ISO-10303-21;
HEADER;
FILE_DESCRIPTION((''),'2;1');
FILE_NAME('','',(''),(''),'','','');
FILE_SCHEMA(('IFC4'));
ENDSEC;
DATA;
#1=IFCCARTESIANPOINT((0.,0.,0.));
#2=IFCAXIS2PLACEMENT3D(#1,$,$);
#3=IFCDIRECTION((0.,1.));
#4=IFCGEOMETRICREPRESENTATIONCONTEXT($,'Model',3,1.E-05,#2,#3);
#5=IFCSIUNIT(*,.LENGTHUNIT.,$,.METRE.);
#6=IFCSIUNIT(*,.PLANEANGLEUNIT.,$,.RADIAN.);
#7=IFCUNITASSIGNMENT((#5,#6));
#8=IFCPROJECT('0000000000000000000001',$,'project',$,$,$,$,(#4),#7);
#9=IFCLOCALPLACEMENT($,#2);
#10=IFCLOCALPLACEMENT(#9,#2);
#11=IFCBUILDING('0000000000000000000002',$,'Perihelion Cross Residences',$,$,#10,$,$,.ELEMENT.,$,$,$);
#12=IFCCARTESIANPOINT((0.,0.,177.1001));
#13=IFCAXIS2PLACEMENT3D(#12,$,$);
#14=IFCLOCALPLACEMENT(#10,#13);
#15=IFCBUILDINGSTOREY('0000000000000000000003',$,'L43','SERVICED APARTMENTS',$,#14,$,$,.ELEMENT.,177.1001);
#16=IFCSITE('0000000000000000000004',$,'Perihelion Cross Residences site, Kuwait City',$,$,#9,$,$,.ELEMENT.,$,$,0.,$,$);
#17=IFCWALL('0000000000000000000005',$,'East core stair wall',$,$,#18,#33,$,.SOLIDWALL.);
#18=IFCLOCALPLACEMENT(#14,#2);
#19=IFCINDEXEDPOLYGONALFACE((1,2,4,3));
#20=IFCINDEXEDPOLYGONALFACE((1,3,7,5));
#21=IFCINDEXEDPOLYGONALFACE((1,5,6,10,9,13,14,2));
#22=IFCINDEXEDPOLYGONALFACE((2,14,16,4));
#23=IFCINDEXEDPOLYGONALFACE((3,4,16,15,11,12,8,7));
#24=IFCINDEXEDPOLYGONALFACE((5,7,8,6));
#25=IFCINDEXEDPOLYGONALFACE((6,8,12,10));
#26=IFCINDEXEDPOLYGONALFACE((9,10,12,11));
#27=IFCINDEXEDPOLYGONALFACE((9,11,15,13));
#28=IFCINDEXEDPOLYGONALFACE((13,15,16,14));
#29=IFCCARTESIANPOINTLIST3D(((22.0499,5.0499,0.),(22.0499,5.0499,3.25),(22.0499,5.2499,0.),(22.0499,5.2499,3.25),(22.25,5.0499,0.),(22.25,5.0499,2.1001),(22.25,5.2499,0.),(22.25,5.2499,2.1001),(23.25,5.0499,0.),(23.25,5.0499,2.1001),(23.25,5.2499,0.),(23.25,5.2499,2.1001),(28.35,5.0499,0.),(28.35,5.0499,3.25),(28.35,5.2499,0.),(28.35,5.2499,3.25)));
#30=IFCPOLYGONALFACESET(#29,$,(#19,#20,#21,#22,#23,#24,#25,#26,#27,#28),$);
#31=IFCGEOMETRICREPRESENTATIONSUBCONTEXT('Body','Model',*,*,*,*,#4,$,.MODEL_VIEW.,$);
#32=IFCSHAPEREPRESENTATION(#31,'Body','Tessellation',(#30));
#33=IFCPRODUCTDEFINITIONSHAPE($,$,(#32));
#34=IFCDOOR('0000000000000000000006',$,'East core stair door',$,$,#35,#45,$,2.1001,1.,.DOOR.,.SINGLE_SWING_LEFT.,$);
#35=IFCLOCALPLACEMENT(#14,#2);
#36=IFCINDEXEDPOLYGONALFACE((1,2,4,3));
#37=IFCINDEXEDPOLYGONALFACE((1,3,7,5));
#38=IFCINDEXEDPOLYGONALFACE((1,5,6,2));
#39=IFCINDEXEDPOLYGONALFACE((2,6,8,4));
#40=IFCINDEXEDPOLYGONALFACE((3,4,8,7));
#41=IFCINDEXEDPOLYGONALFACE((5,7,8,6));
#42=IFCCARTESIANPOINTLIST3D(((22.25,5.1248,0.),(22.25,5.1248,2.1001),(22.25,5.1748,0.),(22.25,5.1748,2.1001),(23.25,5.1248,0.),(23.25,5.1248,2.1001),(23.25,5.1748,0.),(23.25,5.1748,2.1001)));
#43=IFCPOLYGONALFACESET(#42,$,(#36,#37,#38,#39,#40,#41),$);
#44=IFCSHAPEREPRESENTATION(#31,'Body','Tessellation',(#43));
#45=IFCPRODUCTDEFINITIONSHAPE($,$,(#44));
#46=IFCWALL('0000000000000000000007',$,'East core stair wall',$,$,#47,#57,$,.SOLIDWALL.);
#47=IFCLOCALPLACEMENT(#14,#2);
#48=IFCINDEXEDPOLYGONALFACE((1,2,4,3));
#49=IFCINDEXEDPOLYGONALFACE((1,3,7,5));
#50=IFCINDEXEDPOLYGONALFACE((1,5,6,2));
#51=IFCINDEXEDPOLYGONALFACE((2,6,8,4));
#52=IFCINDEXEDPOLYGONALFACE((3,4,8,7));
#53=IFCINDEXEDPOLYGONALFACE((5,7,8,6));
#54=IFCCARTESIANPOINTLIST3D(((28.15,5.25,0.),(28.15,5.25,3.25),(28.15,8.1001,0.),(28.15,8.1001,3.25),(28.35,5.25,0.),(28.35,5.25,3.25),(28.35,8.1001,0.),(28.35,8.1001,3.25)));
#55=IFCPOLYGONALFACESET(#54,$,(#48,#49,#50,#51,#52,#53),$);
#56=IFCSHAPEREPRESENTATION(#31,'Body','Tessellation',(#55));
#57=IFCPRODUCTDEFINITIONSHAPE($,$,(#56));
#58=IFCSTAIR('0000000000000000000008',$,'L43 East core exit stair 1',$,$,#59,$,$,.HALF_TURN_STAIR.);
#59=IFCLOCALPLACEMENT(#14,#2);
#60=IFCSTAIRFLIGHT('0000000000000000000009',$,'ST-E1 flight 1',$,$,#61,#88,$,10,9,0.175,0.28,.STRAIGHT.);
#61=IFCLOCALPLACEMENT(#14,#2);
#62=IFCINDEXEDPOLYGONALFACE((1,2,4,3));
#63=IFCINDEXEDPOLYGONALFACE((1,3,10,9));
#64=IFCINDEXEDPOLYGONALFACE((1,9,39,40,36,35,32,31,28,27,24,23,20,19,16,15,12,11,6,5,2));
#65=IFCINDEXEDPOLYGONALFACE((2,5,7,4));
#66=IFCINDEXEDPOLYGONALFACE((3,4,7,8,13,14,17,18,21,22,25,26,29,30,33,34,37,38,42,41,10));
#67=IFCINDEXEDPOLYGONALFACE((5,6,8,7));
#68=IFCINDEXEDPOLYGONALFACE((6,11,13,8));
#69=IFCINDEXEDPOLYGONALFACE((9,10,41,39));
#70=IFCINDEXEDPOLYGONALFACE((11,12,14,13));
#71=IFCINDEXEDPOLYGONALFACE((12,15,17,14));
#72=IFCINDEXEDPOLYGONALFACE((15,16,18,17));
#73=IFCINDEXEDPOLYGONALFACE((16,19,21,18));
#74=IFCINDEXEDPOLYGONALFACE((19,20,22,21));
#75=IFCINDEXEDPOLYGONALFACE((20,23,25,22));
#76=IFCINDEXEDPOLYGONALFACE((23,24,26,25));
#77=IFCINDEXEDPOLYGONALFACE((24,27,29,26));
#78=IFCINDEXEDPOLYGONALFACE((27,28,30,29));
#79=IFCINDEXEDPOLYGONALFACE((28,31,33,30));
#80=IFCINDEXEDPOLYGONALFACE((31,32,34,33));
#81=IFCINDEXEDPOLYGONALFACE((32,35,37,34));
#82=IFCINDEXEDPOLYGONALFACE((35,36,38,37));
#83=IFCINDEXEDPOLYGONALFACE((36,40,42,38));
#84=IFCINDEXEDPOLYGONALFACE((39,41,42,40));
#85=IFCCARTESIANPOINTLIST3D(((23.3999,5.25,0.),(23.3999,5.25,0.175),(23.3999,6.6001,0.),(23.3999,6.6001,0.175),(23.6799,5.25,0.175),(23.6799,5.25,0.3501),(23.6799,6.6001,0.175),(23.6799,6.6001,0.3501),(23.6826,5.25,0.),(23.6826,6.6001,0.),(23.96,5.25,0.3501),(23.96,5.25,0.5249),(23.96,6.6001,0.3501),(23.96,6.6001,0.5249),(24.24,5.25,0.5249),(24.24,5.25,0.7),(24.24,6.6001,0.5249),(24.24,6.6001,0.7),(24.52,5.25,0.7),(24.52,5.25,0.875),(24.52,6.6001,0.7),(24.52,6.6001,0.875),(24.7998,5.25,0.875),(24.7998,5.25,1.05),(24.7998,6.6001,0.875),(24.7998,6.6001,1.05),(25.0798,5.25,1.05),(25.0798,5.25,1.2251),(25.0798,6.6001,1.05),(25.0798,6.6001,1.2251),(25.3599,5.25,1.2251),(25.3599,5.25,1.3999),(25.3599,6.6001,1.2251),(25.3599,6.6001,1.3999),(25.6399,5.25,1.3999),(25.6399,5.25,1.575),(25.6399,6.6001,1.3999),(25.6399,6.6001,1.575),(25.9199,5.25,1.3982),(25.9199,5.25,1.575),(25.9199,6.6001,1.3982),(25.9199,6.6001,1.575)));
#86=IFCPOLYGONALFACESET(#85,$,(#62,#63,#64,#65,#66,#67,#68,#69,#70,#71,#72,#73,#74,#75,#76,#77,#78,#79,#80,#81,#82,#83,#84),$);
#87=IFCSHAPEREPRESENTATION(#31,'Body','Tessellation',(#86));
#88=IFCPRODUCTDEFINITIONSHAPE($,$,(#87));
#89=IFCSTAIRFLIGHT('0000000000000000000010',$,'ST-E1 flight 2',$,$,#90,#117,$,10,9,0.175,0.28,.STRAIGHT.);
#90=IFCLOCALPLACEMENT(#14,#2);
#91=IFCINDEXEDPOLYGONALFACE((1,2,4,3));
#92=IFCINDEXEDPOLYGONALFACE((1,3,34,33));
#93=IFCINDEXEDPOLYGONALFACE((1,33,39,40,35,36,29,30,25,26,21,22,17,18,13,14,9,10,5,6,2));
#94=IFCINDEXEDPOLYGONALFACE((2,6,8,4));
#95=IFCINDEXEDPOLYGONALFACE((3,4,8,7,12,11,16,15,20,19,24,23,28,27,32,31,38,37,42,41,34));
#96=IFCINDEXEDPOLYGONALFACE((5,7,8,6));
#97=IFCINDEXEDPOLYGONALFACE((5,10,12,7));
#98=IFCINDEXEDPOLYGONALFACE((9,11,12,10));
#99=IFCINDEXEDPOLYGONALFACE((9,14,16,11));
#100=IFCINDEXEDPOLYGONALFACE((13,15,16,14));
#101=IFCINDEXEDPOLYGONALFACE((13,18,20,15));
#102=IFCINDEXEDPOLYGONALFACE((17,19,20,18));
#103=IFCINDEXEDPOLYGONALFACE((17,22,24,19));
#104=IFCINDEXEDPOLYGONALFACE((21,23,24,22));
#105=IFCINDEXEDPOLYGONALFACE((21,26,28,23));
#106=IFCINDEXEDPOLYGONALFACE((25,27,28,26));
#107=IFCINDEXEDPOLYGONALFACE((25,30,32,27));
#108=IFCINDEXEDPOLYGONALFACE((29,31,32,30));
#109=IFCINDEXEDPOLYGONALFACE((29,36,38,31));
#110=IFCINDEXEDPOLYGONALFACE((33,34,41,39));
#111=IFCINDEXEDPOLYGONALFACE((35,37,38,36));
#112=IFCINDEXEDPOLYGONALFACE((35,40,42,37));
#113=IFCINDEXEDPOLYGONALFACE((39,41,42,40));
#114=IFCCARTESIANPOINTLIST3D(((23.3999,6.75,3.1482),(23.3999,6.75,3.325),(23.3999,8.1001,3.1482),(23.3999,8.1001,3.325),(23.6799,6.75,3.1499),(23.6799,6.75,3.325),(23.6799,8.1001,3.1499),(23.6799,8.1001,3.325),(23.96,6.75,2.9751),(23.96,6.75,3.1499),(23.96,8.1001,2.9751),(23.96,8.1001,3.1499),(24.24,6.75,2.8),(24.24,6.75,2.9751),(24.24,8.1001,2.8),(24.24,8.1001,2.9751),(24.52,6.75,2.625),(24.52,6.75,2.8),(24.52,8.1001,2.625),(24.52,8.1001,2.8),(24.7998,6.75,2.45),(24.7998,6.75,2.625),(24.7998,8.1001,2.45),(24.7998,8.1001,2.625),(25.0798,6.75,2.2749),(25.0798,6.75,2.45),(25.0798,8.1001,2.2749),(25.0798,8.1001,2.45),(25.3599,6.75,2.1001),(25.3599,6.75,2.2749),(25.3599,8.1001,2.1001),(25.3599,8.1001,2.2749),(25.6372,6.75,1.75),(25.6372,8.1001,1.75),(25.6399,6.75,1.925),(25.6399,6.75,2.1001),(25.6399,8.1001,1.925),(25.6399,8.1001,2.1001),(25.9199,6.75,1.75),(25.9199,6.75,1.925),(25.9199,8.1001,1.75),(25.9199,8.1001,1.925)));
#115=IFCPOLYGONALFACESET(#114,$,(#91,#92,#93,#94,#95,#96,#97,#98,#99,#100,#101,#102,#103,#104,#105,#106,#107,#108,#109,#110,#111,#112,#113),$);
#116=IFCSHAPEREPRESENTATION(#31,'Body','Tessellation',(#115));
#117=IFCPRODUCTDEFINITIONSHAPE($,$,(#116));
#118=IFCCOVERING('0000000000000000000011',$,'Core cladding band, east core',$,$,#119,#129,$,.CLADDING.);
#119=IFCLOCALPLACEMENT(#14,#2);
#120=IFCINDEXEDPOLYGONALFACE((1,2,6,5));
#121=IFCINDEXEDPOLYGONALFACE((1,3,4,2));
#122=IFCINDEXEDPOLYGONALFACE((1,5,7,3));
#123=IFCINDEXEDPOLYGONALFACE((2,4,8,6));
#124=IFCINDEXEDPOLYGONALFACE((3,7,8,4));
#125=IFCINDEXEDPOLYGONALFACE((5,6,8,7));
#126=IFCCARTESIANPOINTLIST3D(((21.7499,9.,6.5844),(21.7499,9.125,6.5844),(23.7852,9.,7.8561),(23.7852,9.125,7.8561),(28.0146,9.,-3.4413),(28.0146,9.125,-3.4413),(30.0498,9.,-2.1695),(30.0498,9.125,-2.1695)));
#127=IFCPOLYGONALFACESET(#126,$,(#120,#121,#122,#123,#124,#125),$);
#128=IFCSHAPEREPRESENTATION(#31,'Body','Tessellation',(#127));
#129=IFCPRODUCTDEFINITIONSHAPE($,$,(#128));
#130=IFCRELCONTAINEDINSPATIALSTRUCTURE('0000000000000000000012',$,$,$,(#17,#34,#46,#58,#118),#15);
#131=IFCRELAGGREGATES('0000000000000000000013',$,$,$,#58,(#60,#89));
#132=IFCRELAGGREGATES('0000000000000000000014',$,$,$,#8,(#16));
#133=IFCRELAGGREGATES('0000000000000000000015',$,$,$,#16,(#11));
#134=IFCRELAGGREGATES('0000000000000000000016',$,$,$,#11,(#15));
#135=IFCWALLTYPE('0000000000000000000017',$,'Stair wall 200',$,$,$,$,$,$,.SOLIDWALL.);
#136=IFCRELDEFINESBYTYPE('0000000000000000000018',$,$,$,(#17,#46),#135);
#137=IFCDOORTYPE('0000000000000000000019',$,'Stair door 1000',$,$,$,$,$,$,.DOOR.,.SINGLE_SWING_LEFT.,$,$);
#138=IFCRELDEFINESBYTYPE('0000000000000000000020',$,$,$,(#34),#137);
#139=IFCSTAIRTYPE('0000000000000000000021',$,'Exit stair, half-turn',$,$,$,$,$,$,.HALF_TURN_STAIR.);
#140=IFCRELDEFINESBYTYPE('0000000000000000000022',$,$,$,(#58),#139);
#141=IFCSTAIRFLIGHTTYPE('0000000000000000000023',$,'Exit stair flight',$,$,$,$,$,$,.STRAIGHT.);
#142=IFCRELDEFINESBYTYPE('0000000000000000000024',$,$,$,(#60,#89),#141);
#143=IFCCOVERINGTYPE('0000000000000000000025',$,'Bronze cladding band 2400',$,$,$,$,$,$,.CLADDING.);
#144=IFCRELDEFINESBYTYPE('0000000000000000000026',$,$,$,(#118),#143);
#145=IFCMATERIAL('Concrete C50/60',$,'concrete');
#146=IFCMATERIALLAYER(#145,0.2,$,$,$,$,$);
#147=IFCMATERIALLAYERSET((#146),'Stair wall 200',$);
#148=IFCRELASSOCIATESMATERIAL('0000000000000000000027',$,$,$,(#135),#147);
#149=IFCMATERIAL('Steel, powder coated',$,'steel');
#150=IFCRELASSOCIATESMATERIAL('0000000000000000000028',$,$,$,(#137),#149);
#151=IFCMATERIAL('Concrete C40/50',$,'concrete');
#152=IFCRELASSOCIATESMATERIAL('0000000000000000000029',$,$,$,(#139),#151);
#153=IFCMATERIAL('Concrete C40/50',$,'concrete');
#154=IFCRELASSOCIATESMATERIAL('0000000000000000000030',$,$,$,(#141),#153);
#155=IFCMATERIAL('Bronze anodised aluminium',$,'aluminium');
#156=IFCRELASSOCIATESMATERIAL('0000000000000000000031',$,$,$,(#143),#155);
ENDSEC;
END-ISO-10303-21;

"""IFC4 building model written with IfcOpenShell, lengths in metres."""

from ifc_helpers import new_model, si_unit, direction, frame, frame_2d, origin, origin_2d, place, context, subcontext, project, spatial, polyline, rectangle, outline, extrude, material, layer, layer_set, material_profile, profile_set, type_object, element, fill, aggregate, save


model = new_model("IFC4")

# Units and contexts
model_context = context("Model", 3, precision=1e-05, world=origin(), true_north=direction((0.0, 1.0)))
body_context = subcontext(model_context, "Body", "Model", "MODEL_VIEW")
ifc_project = project(units=[si_unit("LENGTHUNIT", "METRE"), si_unit("PLANEANGLEUNIT", "RADIAN")], contexts=[model_context])

# Site, building, storey
site_placement = place(None, origin())
site = spatial("IfcSite", under=ifc_project, at=site_placement, Name="Perihelion Cross Residences site, Kuwait City", CompositionType="ELEMENT", RefElevation=0.0)
building_placement = place(site_placement, origin())
building = spatial("IfcBuilding", under=site, at=building_placement, Name="Perihelion Cross Residences", CompositionType="ELEMENT")
storey_placement = place(building_placement, frame((0.0, 0.0, 177.1001)))
storey = spatial("IfcBuildingStorey", under=building, at=storey_placement, Name="L43", Description="SERVICED APARTMENTS", CompositionType="ELEMENT", Elevation=177.1001)

# Wall, opening, door
ifc_material_1 = material(Name="Concrete C50/60", Category="concrete")
ifc_layer_1 = layer(ifc_material_1, 0.2)
ifc_layer_set_1 = layer_set([ifc_layer_1], Name="Stair wall 200")
wall_type_1 = type_object("IfcWallType", Name="Stair wall 200", PredefinedType="SOLIDWALL", material=ifc_layer_set_1)
wall_1_placement = place(storey_placement, frame((22.05, 5.1499, 0.0), z_axis=(0.0, 0.0, 1.0), x_axis=(1.0, 0.0, 0.0)))
wall_1 = element("IfcWall", 1, at=wall_1_placement, inside=storey, type_object=wall_type_1, Name="East core stair wall", PredefinedType="SOLIDWALL", context=body_context, shape_type="SweptSolid", body=[
    extrude(rectangle(XDim=6.3, YDim=0.2, at=frame_2d((3.1499, 0.0))), origin(), (0.0, 0.0, 1.0), 3.25),
])
opening_1_placement = place(wall_1_placement, frame((0.2, 0.0, 0.0)))
opening_1 = element("IfcOpeningElement", 2, at=opening_1_placement, cuts=wall_1, PredefinedType="OPENING", context=body_context, shape_type="SweptSolid", body=[
    extrude(rectangle(XDim=1.0, YDim=2.1001, at=frame_2d((0.5, 1.05))), frame((0.0, 0.1099, 0.0), z_axis=(0.0, -1.0, 0.0), x_axis=(1.0, 0.0, 0.0)), (0.0, 0.0, 1.0), 0.22),
])
ifc_material_2 = material(Name="Steel, powder coated", Category="steel")
door_type_1 = type_object("IfcDoorType", Name="Stair door 1000", OperationType="SINGLE_SWING_LEFT", PredefinedType="DOOR", material=ifc_material_2)
door_1_placement = place(opening_1_placement, origin())
door_1 = element("IfcDoor", 3, at=door_1_placement, inside=storey, type_object=door_type_1, Name="East core stair door", OperationType="SINGLE_SWING_LEFT", OverallHeight=2.1001, OverallWidth=1.0, PredefinedType="DOOR", context=body_context, shape_type="SweptSolid", body=[
    extrude(rectangle(XDim=1.0, YDim=2.1001, at=frame_2d((0.5, 1.05))), frame((0.0, 0.0249, 0.0), z_axis=(0.0, -1.0, 0.0), x_axis=(1.0, 0.0, 0.0)), (0.0, 0.0, 1.0), 0.05),
])
fill(opening_1, door_1)

# Wall
wall_2_placement = place(storey_placement, frame((28.25, 5.25, 0.0), z_axis=(0.0, 0.0, 1.0), x_axis=(0.0, 1.0, 0.0)))
element("IfcWall", 4, at=wall_2_placement, inside=storey, type_object=wall_type_1, Name="East core stair wall", PredefinedType="SOLIDWALL", context=body_context, shape_type="SweptSolid", body=[
    extrude(rectangle(XDim=2.8501, YDim=0.2, at=frame_2d((1.425, 0.0))), origin(), (0.0, 0.0, 1.0), 3.25),
])

# Stair, stair flights
ifc_material_3 = material(Name="Concrete C40/50", Category="concrete")
stair_type = type_object("IfcStairType", Name="Exit stair, half-turn", PredefinedType="HALF_TURN_STAIR", material=ifc_material_3)
stair_placement = place(storey_placement, origin())
stair = element("IfcStair", 5, at=stair_placement, inside=storey, type_object=stair_type, Name="L43 East core exit stair 1", PredefinedType="HALF_TURN_STAIR")
ifc_material_4 = material(Name="Concrete C40/50", Category="concrete")
stair_flight_type = type_object("IfcStairFlightType", Name="Exit stair flight", PredefinedType="STRAIGHT", material=ifc_material_4)
stair_flight_1_placement = place(storey_placement, frame((23.3999, 5.925, 0.0), z_axis=(0.0, 0.0, 1.0), x_axis=(1.0, 0.0, 0.0)))
stair_flight_1 = element("IfcStairFlight", 6, at=stair_flight_1_placement, type_object=stair_flight_type, Name="ST-E1 flight 1", NumberOfRisers=10, NumberOfTreads=9, PredefinedType="STRAIGHT", RiserHeight=0.175, TreadLength=0.28, context=body_context, shape_type="SweptSolid", body=[
    extrude(outline(polyline([(0.0, 0.0), (0.0, 0.175), (0.28, 0.175), (0.28, 0.3501), (0.5601, 0.3501), (0.5601, 0.5249), (0.8401, 0.5249), (0.8401, 0.7), (1.1201, 0.7), (1.1201, 0.875), (1.3999, 0.875), (1.3999, 1.05), (1.6799, 1.05), (1.6799, 1.2251), (1.96, 1.2251), (1.96, 1.3999), (2.24, 1.3999), (2.24, 1.575), (2.52, 1.575), (2.52, 1.75), (2.52, 1.3982), (0.2827, 0.0), (0.0, 0.0)])), frame((0.0, 0.675, 0.0), z_axis=(0.0, -1.0, 0.0), x_axis=(1.0, 0.0, 0.0)), (0.0, 0.0, 1.0), 1.3501),
])
stair_flight_2_placement = place(storey_placement, frame((25.9199, 7.425, 1.75), z_axis=(0.0, 0.0, 1.0), x_axis=(-1.0, 0.0, 0.0)))
stair_flight_2 = element("IfcStairFlight", 7, at=stair_flight_2_placement, type_object=stair_flight_type, Name="ST-E1 flight 2", NumberOfRisers=10, NumberOfTreads=9, PredefinedType="STRAIGHT", RiserHeight=0.175, TreadLength=0.28, context=body_context, shape_type="SweptSolid", body=[
    extrude(outline(polyline([(0.0, 0.0), (0.0, 0.175), (0.28, 0.175), (0.28, 0.3501), (0.5601, 0.3501), (0.5601, 0.5249), (0.8401, 0.5249), (0.8401, 0.7), (1.1201, 0.7), (1.1201, 0.875), (1.3999, 0.875), (1.3999, 1.05), (1.6799, 1.05), (1.6799, 1.2251), (1.96, 1.2251), (1.96, 1.3999), (2.24, 1.3999), (2.24, 1.575), (2.52, 1.575), (2.52, 1.75), (2.52, 1.3982), (0.2827, 0.0), (0.0, 0.0)])), frame((0.0, 0.675, 0.0), z_axis=(0.0, -1.0, 0.0), x_axis=(1.0, 0.0, 0.0)), (0.0, 0.0, 1.0), 1.3501),
])
aggregate(stair, [stair_flight_1, stair_flight_2])

# Covering
ifc_material_5 = material(Name="Bronze anodised aluminium", Category="aluminium")
ifc_material_profile = material_profile(ifc_material_5, rectangle(XDim=0.125, YDim=2.3999, at=origin_2d()), Name="Bronze cladding band 2400")
ifc_profile_set = profile_set([ifc_material_profile], Name="Bronze anodised aluminium")
covering_type = type_object("IfcCoveringType", Name="Bronze cladding band 2400", PredefinedType="CLADDING", material=ifc_profile_set)
covering_placement = place(storey_placement, frame((29.0322, 9.0625, -2.8054), z_axis=(-0.529915, 0.0, 0.848051), x_axis=(0.0, -1.0, 0.0)))
element("IfcCovering", 8, at=covering_placement, inside=storey, type_object=covering_type, Name="Core cladding band, east core", PredefinedType="CLADDING", context=body_context, shape_type="SweptSolid", body=[
    extrude(rectangle(XDim=0.125, YDim=2.3999, at=origin_2d()), origin(), (0.0, 0.0, 1.0), 11.822),
])

save(model, "model.ifc")
